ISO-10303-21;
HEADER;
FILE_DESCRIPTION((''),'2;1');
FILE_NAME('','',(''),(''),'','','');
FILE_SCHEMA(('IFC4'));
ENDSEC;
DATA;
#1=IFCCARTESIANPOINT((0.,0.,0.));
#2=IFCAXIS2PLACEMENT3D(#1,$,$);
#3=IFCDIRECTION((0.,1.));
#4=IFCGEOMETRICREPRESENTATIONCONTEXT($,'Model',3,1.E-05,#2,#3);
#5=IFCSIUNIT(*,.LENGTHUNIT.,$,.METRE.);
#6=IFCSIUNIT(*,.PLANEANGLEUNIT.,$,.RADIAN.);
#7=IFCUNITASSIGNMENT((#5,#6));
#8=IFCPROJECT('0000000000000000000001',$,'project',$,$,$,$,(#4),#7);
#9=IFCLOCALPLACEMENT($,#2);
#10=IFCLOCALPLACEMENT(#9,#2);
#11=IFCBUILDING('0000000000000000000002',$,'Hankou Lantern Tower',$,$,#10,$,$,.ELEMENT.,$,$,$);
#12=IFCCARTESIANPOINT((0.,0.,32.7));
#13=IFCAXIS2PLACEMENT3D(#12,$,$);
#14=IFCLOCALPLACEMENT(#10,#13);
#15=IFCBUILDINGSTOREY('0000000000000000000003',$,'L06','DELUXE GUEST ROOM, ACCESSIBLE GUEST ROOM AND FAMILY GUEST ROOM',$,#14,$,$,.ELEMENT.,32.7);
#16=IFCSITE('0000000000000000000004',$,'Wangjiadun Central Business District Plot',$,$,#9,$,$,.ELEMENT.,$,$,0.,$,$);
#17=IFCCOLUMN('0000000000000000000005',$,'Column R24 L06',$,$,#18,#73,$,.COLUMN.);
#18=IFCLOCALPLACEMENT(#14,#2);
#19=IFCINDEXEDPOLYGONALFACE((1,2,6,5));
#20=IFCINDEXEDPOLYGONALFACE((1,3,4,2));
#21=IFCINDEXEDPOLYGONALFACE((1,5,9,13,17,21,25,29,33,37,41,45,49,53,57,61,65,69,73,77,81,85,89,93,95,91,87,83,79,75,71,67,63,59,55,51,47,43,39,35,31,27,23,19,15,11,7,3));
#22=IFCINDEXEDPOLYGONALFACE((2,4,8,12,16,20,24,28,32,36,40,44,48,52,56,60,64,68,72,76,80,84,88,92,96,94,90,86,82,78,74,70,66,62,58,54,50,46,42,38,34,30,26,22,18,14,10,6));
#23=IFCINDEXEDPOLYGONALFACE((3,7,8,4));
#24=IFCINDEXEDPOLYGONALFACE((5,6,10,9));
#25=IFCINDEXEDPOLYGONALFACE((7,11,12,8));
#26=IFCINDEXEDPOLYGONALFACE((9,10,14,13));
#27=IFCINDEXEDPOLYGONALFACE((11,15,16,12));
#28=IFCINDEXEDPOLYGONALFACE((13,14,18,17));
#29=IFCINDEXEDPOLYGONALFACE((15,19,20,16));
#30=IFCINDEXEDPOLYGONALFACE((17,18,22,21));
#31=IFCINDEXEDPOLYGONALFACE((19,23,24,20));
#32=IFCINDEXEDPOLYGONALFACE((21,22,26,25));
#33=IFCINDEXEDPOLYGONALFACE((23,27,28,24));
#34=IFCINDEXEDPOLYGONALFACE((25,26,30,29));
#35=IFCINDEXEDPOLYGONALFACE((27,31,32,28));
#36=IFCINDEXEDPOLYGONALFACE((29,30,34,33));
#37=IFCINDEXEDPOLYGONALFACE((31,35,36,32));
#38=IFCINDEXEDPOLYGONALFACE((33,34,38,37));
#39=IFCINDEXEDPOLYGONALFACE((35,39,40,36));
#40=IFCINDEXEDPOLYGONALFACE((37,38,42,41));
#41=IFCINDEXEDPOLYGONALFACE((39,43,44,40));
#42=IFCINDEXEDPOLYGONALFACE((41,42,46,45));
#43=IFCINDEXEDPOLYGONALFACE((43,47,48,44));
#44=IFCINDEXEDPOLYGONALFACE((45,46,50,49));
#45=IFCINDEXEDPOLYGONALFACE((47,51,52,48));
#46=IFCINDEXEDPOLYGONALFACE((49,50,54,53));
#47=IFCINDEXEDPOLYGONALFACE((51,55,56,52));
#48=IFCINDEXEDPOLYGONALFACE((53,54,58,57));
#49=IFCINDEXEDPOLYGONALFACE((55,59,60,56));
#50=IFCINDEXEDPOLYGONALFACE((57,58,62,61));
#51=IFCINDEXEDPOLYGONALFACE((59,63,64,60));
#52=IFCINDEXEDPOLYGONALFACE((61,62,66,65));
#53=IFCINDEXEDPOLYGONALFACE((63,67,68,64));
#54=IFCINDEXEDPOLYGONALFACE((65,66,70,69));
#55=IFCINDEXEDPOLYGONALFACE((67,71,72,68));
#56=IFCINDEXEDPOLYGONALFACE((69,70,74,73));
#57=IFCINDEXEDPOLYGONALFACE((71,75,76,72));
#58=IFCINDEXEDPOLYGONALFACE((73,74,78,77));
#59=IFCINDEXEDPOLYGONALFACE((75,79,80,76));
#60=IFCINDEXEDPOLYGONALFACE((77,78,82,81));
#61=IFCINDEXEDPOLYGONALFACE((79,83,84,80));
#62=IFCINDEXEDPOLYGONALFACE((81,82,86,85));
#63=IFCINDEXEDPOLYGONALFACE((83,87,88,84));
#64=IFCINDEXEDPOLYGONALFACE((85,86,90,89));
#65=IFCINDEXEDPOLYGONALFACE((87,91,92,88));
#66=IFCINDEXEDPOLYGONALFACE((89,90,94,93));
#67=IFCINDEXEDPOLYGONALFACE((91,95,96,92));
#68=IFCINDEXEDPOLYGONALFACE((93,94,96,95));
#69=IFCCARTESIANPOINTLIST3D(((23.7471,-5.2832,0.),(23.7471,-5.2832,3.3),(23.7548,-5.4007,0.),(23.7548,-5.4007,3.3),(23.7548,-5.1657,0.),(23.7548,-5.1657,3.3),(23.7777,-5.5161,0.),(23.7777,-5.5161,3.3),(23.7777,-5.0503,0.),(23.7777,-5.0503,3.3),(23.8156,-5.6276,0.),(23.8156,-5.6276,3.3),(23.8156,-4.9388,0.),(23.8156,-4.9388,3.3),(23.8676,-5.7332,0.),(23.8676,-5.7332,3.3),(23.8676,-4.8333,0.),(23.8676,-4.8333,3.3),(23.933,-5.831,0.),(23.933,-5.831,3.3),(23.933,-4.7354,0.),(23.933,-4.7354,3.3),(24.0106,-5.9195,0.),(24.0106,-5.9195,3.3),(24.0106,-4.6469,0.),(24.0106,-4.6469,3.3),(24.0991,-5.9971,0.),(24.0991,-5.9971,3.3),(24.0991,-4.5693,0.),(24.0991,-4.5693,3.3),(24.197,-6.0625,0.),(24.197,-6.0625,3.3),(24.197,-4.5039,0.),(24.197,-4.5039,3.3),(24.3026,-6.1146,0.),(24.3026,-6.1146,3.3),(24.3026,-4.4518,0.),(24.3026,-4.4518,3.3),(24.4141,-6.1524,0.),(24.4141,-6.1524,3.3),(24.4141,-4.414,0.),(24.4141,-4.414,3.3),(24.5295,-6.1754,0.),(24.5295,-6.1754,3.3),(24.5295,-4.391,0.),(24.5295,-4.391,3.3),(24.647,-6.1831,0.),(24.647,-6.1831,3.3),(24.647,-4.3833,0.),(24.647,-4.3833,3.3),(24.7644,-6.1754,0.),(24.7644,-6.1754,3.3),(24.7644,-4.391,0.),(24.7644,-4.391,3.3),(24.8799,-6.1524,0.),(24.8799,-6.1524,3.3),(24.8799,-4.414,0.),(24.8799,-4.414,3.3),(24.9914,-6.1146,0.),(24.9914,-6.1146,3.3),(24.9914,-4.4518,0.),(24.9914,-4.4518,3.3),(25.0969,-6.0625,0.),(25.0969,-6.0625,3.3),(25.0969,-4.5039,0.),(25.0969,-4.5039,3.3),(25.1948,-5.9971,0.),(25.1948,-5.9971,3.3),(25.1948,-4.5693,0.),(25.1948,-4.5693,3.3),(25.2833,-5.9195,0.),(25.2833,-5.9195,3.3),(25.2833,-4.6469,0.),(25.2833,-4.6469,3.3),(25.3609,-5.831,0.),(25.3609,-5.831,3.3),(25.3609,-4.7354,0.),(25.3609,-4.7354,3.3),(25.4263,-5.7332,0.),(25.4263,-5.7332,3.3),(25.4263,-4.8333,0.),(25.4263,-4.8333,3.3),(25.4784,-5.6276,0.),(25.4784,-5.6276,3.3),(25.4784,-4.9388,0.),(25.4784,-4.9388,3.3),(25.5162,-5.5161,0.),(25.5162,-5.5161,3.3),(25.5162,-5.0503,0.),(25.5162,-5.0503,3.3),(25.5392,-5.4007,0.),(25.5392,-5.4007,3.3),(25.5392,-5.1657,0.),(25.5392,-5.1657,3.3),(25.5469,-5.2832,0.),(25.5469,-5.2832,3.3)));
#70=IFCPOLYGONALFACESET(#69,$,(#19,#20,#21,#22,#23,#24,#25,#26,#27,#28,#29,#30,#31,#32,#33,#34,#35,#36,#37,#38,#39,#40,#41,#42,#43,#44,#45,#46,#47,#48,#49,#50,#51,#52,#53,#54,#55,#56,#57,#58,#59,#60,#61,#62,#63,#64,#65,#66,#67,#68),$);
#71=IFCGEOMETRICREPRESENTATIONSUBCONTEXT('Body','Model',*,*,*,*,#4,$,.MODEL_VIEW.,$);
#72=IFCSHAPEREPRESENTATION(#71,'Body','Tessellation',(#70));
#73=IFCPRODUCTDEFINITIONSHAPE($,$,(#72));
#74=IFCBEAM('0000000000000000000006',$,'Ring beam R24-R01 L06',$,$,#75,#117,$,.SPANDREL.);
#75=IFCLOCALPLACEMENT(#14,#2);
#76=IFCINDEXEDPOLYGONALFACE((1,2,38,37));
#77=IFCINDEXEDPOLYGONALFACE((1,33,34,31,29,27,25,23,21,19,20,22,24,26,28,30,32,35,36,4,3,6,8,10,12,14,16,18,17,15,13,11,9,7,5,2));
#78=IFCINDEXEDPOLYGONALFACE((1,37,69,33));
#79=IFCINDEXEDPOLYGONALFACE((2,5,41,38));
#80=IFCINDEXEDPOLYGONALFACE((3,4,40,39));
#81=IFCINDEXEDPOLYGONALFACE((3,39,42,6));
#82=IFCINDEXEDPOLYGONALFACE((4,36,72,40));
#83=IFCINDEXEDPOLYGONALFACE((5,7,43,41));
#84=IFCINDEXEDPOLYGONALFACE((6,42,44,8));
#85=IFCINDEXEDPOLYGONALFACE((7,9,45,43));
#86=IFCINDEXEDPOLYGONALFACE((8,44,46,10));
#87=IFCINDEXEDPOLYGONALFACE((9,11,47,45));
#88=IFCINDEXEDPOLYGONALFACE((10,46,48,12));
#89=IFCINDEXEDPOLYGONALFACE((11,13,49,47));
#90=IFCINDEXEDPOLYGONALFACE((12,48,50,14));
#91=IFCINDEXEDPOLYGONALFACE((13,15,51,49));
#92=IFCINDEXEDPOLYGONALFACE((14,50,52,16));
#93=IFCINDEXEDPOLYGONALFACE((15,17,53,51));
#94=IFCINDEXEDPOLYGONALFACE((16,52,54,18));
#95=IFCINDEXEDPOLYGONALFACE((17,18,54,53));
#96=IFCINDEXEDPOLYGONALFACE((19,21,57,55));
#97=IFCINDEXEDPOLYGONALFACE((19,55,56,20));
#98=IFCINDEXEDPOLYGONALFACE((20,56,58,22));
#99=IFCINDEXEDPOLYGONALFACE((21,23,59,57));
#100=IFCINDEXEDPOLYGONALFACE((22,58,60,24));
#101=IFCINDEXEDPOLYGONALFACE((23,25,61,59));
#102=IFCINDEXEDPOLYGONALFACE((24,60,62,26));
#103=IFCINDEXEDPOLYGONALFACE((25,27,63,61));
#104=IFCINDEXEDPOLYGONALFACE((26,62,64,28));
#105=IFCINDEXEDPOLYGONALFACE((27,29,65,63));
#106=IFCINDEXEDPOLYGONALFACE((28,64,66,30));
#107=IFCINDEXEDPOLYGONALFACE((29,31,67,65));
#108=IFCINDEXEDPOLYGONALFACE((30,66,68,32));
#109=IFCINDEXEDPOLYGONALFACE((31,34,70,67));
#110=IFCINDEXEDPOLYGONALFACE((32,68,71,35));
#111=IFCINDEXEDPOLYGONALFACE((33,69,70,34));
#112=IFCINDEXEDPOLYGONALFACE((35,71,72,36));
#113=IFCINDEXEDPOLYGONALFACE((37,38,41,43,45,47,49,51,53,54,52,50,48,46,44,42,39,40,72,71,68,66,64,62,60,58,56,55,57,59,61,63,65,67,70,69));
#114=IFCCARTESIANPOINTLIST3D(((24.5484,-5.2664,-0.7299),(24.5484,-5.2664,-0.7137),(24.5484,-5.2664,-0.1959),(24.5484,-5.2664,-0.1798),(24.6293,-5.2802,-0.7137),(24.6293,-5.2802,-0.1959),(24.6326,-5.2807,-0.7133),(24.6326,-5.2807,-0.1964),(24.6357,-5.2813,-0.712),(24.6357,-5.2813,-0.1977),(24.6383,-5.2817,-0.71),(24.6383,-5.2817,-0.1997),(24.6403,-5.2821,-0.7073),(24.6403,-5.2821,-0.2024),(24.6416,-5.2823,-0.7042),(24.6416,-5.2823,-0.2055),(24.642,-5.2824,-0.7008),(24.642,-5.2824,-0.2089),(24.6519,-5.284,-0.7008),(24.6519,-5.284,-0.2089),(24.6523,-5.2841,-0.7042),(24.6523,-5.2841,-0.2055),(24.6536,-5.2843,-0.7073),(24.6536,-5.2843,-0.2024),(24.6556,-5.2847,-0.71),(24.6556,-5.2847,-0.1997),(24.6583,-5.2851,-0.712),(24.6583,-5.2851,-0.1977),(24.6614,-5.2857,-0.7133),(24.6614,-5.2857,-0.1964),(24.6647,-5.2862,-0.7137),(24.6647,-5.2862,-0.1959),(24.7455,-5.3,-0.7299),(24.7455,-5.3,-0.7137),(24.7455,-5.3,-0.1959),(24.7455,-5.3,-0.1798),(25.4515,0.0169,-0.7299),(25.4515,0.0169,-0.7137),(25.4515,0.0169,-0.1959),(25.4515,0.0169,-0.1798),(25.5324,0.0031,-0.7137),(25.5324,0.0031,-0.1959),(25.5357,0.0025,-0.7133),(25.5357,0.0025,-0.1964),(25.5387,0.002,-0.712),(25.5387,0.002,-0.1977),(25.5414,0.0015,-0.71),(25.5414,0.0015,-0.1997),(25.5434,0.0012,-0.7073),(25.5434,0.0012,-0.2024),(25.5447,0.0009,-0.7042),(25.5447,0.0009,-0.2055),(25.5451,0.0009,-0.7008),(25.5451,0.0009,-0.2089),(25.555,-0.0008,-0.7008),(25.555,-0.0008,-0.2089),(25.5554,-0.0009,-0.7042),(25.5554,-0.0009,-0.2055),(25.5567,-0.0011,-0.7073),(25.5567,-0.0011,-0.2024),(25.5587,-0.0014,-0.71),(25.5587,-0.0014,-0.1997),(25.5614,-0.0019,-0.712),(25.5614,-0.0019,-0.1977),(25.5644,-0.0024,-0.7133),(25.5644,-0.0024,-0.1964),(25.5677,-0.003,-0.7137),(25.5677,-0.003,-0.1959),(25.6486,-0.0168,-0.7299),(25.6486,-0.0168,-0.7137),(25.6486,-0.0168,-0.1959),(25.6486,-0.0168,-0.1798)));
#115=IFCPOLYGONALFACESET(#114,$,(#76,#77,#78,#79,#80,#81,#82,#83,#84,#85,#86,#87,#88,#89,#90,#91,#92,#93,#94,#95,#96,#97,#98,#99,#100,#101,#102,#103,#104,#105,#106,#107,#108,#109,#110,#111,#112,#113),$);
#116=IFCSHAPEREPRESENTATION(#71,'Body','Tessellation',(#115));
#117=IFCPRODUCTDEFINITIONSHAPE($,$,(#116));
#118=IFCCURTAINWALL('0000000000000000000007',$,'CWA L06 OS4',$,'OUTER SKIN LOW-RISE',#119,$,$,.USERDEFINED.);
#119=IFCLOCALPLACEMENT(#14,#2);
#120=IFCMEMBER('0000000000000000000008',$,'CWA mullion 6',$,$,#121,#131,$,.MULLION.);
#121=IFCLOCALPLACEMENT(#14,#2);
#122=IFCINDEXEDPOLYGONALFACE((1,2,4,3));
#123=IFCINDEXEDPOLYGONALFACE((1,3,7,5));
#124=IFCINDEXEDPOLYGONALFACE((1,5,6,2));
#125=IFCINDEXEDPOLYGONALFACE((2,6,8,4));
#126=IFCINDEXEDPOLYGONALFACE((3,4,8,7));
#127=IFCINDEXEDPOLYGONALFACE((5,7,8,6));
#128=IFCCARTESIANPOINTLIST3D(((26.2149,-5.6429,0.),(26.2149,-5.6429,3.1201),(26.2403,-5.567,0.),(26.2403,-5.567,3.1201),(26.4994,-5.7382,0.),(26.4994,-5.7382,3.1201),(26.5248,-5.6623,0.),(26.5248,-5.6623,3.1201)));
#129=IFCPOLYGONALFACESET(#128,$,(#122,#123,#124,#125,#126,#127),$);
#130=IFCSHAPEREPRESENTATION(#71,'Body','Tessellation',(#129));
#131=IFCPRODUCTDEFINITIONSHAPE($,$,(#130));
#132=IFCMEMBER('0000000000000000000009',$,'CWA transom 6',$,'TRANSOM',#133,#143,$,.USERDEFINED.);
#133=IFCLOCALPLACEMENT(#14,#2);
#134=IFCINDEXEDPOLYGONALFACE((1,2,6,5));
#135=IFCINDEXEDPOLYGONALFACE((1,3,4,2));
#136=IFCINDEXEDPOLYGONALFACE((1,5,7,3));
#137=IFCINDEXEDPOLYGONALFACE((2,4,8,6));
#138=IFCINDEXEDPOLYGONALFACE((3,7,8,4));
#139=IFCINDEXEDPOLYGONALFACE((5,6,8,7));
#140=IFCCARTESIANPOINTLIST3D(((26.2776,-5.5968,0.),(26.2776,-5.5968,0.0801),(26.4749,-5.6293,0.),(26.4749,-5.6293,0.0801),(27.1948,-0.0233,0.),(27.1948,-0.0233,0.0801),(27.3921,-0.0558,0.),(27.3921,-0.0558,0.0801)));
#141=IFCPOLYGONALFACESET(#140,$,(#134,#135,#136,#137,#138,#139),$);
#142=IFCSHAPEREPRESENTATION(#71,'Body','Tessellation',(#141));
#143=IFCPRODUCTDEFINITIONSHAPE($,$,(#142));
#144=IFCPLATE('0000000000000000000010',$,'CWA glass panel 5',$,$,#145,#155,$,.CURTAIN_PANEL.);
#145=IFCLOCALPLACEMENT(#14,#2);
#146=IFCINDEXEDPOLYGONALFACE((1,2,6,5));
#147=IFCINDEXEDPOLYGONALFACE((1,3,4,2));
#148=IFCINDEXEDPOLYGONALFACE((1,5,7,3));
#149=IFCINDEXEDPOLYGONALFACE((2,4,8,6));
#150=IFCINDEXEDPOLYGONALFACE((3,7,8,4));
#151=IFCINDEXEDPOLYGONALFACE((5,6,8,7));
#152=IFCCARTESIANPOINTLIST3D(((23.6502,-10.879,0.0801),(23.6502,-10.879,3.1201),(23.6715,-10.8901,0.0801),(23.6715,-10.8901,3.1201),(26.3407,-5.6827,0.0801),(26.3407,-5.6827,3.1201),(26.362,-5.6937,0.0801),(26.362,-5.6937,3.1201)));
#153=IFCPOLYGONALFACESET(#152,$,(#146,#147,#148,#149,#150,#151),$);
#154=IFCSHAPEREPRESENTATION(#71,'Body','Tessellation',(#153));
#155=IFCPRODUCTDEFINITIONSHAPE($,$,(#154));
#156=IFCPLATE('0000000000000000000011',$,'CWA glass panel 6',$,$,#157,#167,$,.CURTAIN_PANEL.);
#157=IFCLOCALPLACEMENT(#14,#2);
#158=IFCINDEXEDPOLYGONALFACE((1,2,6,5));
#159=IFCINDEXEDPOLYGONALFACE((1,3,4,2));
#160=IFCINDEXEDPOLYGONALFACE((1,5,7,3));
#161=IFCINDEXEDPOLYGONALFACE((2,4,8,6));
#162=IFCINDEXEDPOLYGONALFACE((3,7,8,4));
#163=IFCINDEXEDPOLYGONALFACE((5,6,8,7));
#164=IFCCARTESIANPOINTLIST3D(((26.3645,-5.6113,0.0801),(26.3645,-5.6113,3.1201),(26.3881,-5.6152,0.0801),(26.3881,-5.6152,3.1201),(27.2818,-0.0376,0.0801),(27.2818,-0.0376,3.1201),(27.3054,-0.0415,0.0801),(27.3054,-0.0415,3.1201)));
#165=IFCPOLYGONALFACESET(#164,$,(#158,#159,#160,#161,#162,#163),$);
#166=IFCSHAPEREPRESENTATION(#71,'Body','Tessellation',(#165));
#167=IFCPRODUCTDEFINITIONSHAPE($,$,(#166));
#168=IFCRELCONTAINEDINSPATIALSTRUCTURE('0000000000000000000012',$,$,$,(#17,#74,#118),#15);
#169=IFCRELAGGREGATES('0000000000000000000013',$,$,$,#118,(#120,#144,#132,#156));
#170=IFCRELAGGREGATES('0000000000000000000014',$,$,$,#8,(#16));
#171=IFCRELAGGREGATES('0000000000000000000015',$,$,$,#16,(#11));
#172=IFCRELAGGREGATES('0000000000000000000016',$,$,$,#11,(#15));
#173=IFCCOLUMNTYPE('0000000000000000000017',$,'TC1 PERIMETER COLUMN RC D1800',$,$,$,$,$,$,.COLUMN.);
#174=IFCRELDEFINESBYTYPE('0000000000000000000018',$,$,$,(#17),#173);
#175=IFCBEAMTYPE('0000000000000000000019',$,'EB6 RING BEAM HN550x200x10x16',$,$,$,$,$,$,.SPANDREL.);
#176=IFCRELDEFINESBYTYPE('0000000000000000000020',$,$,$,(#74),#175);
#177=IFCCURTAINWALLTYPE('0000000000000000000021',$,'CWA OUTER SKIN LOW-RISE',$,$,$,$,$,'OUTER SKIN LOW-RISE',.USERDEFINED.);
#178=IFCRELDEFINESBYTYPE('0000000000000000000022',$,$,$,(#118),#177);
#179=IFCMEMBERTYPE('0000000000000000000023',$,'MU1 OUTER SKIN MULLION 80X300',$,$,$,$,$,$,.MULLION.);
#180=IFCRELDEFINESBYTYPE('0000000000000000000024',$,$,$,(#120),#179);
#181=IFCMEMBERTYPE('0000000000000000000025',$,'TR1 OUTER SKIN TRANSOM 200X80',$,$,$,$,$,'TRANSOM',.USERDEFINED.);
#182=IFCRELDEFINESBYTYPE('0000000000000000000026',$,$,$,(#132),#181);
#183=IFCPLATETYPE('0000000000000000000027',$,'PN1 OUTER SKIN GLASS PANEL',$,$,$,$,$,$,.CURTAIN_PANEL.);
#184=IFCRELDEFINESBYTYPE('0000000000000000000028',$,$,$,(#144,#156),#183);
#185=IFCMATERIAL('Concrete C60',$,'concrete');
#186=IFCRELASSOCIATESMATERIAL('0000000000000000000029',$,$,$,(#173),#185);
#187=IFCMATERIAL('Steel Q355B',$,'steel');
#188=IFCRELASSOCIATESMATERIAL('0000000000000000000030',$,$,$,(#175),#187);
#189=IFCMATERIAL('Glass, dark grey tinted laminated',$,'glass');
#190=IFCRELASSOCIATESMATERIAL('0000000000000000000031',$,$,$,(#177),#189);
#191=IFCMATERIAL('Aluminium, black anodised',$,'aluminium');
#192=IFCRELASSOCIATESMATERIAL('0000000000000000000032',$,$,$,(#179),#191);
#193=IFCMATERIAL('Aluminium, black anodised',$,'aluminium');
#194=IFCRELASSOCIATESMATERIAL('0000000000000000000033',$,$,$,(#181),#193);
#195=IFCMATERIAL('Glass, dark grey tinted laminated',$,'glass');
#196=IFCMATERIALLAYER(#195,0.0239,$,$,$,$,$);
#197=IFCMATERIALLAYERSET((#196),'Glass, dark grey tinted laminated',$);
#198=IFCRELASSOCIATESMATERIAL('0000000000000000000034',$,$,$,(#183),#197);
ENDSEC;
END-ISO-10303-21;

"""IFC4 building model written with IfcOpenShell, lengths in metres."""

from ifc_helpers import new_model, si_unit, direction, frame, origin, origin_2d, place, context, subcontext, project, spatial, rectangle, circle, i_section, extrude, material, layer, layer_set, material_profile, profile_set, type_object, element, aggregate, save


model = new_model("IFC4")

# Units and contexts
model_context = context("Model", 3, precision=1e-05, world=origin(), true_north=direction((0.0, 1.0)))
body_context = subcontext(model_context, "Body", "Model", "MODEL_VIEW")
ifc_project = project(units=[si_unit("LENGTHUNIT", "METRE"), si_unit("PLANEANGLEUNIT", "RADIAN")], contexts=[model_context])

# Site, building, storey
site_placement = place(None, origin())
site = spatial("IfcSite", under=ifc_project, at=site_placement, Name="Wangjiadun Central Business District Plot", CompositionType="ELEMENT", RefElevation=0.0)
building_placement = place(site_placement, origin())
building = spatial("IfcBuilding", under=site, at=building_placement, Name="Hankou Lantern Tower", CompositionType="ELEMENT")
storey_placement = place(building_placement, frame((0.0, 0.0, 32.7)))
storey = spatial("IfcBuildingStorey", under=building, at=storey_placement, Name="L06", Description="DELUXE GUEST ROOM, ACCESSIBLE GUEST ROOM AND FAMILY GUEST ROOM", CompositionType="ELEMENT", Elevation=32.7)

# Column
ifc_material_1 = material(Name="Concrete C60", Category="concrete")
ifc_material_profile_1 = material_profile(ifc_material_1, circle(Radius=0.8999, at=origin_2d()), Name="RC D1800")
ifc_profile_set_1 = profile_set([ifc_material_profile_1], Name="Concrete C60")
column_type = type_object("IfcColumnType", Name="TC1 PERIMETER COLUMN RC D1800", PredefinedType="COLUMN", material=ifc_profile_set_1)
column_placement = place(storey_placement, frame((24.647, -5.2832, 0.0), z_axis=(0.0, 0.0, 1.0), x_axis=(1.0, 0.0, 0.0)))
element("IfcColumn", 1, at=column_placement, inside=storey, type_object=column_type, Name="Column R24 L06", PredefinedType="COLUMN", context=body_context, shape_type="SweptSolid", body=[
    extrude(circle(Radius=0.8999, at=origin_2d()), origin(), (0.0, 0.0, 1.0), 3.3),
])

# Beam
ifc_material_2 = material(Name="Steel Q355B", Category="steel")
ifc_material_profile_2 = material_profile(ifc_material_2, i_section(OverallWidth=0.2, OverallDepth=0.55, WebThickness=0.01, FlangeThickness=0.0161, FilletRadius=0.0129, at=origin_2d()), Name="HN550x200x10x16")
ifc_profile_set_2 = profile_set([ifc_material_profile_2], Name="Steel Q355B")
beam_type = type_object("IfcBeamType", Name="EB6 RING BEAM HN550x200x10x16", PredefinedType="SPANDREL", material=ifc_profile_set_2)
beam_placement = place(storey_placement, frame((24.647, -5.2832, -0.4548), z_axis=(0.16849, 0.985703, 0.0), x_axis=(-0.985703, 0.16849, 0.0)))
element("IfcBeam", 2, at=beam_placement, inside=storey, type_object=beam_type, Name="Ring beam R24-R01 L06", PredefinedType="SPANDREL", context=body_context, shape_type="SweptSolid", body=[
    extrude(i_section(OverallWidth=0.2, OverallDepth=0.55, WebThickness=0.01, FlangeThickness=0.0161, FilletRadius=0.0129, at=origin_2d()), origin(), (0.0, 0.0, 1.0), 5.3599),
])

# Curtain wall, members, plates
ifc_material_3 = material(Name="Glass, dark grey tinted laminated", Category="glass")
curtain_wall_type = type_object("IfcCurtainWallType", Name="CWA OUTER SKIN LOW-RISE", ElementType="OUTER SKIN LOW-RISE", PredefinedType="USERDEFINED", material=ifc_material_3)
curtain_wall_placement = place(storey_placement, origin())
curtain_wall = element("IfcCurtainWall", 3, at=curtain_wall_placement, inside=storey, type_object=curtain_wall_type, Name="CWA L06 OS4", ObjectType="OUTER SKIN LOW-RISE", PredefinedType="USERDEFINED")
ifc_material_4 = material(Name="Aluminium, black anodised", Category="aluminium")
ifc_material_profile_3 = material_profile(ifc_material_4, rectangle(XDim=0.0801, YDim=0.3, at=origin_2d()), Name="MU1 80X300")
ifc_profile_set_3 = profile_set([ifc_material_profile_3], Name="Aluminium, black anodised")
member_type_1 = type_object("IfcMemberType", Name="MU1 OUTER SKIN MULLION 80X300", PredefinedType="MULLION", material=ifc_profile_set_3)
member_1_placement = place(storey_placement, frame((26.3699, -5.6526, 0.0), z_axis=(0.0, 0.0, 1.0), x_axis=(0.317596, 0.948226, 0.0)))
member_1 = element("IfcMember", 4, at=member_1_placement, type_object=member_type_1, Name="CWA mullion 6", PredefinedType="MULLION", context=body_context, shape_type="SweptSolid", body=[
    extrude(rectangle(XDim=0.0801, YDim=0.3, at=origin_2d()), origin(), (0.0, 0.0, 1.0), 3.1201),
])
ifc_material_5 = material(Name="Aluminium, black anodised", Category="aluminium")
ifc_material_profile_4 = material_profile(ifc_material_5, rectangle(XDim=0.2, YDim=0.0801, at=origin_2d()), Name="TR1 200X80")
ifc_profile_set_4 = profile_set([ifc_material_profile_4], Name="Aluminium, black anodised")
member_type_2 = type_object("IfcMemberType", Name="TR1 OUTER SKIN TRANSOM 200X80", ElementType="TRANSOM", PredefinedType="USERDEFINED", material=ifc_profile_set_4)
member_2_placement = place(storey_placement, frame((26.3762, -5.613, 0.04), z_axis=(0.162387, 0.986727, 0.0), x_axis=(-0.986727, 0.162387, 0.0)))
member_2 = element("IfcMember", 5, at=member_2_placement, type_object=member_type_2, Name="CWA transom 6", ObjectType="TRANSOM", PredefinedType="USERDEFINED", context=body_context, shape_type="SweptSolid", body=[
    extrude(rectangle(XDim=0.2, YDim=0.0801, at=origin_2d()), origin(), (0.0, 0.0, 1.0), 5.6484),
])
ifc_material_6 = material(Name="Glass, dark grey tinted laminated", Category="glass")
ifc_layer_1 = layer(ifc_material_6, 0.0239)
ifc_layer_set_1 = layer_set([ifc_layer_1], Name="Glass, dark grey tinted laminated")
plate_type = type_object("IfcPlateType", Name="PN1 OUTER SKIN GLASS PANEL", PredefinedType="CURTAIN_PANEL", material=ifc_layer_set_1)
plate_1_placement = place(storey_placement, frame((25.0061, -8.2864, 0.0801), z_axis=(0.0, 0.0, 1.0), x_axis=(0.459791, 0.888027, 0.0)))
plate_1 = element("IfcPlate", 6, at=plate_1_placement, type_object=plate_type, Name="CWA glass panel 5", PredefinedType="CURTAIN_PANEL", context=body_context, shape_type="SweptSolid", body=[
    extrude(rectangle(XDim=5.8516, YDim=0.0239, at=origin_2d()), origin(), (0.0, 0.0, 1.0), 3.04),
])
plate_2_placement = place(storey_placement, frame((26.835, -2.8264, 0.0801), z_axis=(0.0, 0.0, 1.0), x_axis=(0.162382, 0.986728, 0.0)))
plate_2 = element("IfcPlate", 7, at=plate_2_placement, type_object=plate_type, Name="CWA glass panel 6", PredefinedType="CURTAIN_PANEL", context=body_context, shape_type="SweptSolid", body=[
    extrude(rectangle(XDim=5.6487, YDim=0.0239, at=origin_2d()), origin(), (0.0, 0.0, 1.0), 3.04),
])
aggregate(curtain_wall, [member_1, plate_1, member_2, plate_2])

save(model, "model.ifc")
